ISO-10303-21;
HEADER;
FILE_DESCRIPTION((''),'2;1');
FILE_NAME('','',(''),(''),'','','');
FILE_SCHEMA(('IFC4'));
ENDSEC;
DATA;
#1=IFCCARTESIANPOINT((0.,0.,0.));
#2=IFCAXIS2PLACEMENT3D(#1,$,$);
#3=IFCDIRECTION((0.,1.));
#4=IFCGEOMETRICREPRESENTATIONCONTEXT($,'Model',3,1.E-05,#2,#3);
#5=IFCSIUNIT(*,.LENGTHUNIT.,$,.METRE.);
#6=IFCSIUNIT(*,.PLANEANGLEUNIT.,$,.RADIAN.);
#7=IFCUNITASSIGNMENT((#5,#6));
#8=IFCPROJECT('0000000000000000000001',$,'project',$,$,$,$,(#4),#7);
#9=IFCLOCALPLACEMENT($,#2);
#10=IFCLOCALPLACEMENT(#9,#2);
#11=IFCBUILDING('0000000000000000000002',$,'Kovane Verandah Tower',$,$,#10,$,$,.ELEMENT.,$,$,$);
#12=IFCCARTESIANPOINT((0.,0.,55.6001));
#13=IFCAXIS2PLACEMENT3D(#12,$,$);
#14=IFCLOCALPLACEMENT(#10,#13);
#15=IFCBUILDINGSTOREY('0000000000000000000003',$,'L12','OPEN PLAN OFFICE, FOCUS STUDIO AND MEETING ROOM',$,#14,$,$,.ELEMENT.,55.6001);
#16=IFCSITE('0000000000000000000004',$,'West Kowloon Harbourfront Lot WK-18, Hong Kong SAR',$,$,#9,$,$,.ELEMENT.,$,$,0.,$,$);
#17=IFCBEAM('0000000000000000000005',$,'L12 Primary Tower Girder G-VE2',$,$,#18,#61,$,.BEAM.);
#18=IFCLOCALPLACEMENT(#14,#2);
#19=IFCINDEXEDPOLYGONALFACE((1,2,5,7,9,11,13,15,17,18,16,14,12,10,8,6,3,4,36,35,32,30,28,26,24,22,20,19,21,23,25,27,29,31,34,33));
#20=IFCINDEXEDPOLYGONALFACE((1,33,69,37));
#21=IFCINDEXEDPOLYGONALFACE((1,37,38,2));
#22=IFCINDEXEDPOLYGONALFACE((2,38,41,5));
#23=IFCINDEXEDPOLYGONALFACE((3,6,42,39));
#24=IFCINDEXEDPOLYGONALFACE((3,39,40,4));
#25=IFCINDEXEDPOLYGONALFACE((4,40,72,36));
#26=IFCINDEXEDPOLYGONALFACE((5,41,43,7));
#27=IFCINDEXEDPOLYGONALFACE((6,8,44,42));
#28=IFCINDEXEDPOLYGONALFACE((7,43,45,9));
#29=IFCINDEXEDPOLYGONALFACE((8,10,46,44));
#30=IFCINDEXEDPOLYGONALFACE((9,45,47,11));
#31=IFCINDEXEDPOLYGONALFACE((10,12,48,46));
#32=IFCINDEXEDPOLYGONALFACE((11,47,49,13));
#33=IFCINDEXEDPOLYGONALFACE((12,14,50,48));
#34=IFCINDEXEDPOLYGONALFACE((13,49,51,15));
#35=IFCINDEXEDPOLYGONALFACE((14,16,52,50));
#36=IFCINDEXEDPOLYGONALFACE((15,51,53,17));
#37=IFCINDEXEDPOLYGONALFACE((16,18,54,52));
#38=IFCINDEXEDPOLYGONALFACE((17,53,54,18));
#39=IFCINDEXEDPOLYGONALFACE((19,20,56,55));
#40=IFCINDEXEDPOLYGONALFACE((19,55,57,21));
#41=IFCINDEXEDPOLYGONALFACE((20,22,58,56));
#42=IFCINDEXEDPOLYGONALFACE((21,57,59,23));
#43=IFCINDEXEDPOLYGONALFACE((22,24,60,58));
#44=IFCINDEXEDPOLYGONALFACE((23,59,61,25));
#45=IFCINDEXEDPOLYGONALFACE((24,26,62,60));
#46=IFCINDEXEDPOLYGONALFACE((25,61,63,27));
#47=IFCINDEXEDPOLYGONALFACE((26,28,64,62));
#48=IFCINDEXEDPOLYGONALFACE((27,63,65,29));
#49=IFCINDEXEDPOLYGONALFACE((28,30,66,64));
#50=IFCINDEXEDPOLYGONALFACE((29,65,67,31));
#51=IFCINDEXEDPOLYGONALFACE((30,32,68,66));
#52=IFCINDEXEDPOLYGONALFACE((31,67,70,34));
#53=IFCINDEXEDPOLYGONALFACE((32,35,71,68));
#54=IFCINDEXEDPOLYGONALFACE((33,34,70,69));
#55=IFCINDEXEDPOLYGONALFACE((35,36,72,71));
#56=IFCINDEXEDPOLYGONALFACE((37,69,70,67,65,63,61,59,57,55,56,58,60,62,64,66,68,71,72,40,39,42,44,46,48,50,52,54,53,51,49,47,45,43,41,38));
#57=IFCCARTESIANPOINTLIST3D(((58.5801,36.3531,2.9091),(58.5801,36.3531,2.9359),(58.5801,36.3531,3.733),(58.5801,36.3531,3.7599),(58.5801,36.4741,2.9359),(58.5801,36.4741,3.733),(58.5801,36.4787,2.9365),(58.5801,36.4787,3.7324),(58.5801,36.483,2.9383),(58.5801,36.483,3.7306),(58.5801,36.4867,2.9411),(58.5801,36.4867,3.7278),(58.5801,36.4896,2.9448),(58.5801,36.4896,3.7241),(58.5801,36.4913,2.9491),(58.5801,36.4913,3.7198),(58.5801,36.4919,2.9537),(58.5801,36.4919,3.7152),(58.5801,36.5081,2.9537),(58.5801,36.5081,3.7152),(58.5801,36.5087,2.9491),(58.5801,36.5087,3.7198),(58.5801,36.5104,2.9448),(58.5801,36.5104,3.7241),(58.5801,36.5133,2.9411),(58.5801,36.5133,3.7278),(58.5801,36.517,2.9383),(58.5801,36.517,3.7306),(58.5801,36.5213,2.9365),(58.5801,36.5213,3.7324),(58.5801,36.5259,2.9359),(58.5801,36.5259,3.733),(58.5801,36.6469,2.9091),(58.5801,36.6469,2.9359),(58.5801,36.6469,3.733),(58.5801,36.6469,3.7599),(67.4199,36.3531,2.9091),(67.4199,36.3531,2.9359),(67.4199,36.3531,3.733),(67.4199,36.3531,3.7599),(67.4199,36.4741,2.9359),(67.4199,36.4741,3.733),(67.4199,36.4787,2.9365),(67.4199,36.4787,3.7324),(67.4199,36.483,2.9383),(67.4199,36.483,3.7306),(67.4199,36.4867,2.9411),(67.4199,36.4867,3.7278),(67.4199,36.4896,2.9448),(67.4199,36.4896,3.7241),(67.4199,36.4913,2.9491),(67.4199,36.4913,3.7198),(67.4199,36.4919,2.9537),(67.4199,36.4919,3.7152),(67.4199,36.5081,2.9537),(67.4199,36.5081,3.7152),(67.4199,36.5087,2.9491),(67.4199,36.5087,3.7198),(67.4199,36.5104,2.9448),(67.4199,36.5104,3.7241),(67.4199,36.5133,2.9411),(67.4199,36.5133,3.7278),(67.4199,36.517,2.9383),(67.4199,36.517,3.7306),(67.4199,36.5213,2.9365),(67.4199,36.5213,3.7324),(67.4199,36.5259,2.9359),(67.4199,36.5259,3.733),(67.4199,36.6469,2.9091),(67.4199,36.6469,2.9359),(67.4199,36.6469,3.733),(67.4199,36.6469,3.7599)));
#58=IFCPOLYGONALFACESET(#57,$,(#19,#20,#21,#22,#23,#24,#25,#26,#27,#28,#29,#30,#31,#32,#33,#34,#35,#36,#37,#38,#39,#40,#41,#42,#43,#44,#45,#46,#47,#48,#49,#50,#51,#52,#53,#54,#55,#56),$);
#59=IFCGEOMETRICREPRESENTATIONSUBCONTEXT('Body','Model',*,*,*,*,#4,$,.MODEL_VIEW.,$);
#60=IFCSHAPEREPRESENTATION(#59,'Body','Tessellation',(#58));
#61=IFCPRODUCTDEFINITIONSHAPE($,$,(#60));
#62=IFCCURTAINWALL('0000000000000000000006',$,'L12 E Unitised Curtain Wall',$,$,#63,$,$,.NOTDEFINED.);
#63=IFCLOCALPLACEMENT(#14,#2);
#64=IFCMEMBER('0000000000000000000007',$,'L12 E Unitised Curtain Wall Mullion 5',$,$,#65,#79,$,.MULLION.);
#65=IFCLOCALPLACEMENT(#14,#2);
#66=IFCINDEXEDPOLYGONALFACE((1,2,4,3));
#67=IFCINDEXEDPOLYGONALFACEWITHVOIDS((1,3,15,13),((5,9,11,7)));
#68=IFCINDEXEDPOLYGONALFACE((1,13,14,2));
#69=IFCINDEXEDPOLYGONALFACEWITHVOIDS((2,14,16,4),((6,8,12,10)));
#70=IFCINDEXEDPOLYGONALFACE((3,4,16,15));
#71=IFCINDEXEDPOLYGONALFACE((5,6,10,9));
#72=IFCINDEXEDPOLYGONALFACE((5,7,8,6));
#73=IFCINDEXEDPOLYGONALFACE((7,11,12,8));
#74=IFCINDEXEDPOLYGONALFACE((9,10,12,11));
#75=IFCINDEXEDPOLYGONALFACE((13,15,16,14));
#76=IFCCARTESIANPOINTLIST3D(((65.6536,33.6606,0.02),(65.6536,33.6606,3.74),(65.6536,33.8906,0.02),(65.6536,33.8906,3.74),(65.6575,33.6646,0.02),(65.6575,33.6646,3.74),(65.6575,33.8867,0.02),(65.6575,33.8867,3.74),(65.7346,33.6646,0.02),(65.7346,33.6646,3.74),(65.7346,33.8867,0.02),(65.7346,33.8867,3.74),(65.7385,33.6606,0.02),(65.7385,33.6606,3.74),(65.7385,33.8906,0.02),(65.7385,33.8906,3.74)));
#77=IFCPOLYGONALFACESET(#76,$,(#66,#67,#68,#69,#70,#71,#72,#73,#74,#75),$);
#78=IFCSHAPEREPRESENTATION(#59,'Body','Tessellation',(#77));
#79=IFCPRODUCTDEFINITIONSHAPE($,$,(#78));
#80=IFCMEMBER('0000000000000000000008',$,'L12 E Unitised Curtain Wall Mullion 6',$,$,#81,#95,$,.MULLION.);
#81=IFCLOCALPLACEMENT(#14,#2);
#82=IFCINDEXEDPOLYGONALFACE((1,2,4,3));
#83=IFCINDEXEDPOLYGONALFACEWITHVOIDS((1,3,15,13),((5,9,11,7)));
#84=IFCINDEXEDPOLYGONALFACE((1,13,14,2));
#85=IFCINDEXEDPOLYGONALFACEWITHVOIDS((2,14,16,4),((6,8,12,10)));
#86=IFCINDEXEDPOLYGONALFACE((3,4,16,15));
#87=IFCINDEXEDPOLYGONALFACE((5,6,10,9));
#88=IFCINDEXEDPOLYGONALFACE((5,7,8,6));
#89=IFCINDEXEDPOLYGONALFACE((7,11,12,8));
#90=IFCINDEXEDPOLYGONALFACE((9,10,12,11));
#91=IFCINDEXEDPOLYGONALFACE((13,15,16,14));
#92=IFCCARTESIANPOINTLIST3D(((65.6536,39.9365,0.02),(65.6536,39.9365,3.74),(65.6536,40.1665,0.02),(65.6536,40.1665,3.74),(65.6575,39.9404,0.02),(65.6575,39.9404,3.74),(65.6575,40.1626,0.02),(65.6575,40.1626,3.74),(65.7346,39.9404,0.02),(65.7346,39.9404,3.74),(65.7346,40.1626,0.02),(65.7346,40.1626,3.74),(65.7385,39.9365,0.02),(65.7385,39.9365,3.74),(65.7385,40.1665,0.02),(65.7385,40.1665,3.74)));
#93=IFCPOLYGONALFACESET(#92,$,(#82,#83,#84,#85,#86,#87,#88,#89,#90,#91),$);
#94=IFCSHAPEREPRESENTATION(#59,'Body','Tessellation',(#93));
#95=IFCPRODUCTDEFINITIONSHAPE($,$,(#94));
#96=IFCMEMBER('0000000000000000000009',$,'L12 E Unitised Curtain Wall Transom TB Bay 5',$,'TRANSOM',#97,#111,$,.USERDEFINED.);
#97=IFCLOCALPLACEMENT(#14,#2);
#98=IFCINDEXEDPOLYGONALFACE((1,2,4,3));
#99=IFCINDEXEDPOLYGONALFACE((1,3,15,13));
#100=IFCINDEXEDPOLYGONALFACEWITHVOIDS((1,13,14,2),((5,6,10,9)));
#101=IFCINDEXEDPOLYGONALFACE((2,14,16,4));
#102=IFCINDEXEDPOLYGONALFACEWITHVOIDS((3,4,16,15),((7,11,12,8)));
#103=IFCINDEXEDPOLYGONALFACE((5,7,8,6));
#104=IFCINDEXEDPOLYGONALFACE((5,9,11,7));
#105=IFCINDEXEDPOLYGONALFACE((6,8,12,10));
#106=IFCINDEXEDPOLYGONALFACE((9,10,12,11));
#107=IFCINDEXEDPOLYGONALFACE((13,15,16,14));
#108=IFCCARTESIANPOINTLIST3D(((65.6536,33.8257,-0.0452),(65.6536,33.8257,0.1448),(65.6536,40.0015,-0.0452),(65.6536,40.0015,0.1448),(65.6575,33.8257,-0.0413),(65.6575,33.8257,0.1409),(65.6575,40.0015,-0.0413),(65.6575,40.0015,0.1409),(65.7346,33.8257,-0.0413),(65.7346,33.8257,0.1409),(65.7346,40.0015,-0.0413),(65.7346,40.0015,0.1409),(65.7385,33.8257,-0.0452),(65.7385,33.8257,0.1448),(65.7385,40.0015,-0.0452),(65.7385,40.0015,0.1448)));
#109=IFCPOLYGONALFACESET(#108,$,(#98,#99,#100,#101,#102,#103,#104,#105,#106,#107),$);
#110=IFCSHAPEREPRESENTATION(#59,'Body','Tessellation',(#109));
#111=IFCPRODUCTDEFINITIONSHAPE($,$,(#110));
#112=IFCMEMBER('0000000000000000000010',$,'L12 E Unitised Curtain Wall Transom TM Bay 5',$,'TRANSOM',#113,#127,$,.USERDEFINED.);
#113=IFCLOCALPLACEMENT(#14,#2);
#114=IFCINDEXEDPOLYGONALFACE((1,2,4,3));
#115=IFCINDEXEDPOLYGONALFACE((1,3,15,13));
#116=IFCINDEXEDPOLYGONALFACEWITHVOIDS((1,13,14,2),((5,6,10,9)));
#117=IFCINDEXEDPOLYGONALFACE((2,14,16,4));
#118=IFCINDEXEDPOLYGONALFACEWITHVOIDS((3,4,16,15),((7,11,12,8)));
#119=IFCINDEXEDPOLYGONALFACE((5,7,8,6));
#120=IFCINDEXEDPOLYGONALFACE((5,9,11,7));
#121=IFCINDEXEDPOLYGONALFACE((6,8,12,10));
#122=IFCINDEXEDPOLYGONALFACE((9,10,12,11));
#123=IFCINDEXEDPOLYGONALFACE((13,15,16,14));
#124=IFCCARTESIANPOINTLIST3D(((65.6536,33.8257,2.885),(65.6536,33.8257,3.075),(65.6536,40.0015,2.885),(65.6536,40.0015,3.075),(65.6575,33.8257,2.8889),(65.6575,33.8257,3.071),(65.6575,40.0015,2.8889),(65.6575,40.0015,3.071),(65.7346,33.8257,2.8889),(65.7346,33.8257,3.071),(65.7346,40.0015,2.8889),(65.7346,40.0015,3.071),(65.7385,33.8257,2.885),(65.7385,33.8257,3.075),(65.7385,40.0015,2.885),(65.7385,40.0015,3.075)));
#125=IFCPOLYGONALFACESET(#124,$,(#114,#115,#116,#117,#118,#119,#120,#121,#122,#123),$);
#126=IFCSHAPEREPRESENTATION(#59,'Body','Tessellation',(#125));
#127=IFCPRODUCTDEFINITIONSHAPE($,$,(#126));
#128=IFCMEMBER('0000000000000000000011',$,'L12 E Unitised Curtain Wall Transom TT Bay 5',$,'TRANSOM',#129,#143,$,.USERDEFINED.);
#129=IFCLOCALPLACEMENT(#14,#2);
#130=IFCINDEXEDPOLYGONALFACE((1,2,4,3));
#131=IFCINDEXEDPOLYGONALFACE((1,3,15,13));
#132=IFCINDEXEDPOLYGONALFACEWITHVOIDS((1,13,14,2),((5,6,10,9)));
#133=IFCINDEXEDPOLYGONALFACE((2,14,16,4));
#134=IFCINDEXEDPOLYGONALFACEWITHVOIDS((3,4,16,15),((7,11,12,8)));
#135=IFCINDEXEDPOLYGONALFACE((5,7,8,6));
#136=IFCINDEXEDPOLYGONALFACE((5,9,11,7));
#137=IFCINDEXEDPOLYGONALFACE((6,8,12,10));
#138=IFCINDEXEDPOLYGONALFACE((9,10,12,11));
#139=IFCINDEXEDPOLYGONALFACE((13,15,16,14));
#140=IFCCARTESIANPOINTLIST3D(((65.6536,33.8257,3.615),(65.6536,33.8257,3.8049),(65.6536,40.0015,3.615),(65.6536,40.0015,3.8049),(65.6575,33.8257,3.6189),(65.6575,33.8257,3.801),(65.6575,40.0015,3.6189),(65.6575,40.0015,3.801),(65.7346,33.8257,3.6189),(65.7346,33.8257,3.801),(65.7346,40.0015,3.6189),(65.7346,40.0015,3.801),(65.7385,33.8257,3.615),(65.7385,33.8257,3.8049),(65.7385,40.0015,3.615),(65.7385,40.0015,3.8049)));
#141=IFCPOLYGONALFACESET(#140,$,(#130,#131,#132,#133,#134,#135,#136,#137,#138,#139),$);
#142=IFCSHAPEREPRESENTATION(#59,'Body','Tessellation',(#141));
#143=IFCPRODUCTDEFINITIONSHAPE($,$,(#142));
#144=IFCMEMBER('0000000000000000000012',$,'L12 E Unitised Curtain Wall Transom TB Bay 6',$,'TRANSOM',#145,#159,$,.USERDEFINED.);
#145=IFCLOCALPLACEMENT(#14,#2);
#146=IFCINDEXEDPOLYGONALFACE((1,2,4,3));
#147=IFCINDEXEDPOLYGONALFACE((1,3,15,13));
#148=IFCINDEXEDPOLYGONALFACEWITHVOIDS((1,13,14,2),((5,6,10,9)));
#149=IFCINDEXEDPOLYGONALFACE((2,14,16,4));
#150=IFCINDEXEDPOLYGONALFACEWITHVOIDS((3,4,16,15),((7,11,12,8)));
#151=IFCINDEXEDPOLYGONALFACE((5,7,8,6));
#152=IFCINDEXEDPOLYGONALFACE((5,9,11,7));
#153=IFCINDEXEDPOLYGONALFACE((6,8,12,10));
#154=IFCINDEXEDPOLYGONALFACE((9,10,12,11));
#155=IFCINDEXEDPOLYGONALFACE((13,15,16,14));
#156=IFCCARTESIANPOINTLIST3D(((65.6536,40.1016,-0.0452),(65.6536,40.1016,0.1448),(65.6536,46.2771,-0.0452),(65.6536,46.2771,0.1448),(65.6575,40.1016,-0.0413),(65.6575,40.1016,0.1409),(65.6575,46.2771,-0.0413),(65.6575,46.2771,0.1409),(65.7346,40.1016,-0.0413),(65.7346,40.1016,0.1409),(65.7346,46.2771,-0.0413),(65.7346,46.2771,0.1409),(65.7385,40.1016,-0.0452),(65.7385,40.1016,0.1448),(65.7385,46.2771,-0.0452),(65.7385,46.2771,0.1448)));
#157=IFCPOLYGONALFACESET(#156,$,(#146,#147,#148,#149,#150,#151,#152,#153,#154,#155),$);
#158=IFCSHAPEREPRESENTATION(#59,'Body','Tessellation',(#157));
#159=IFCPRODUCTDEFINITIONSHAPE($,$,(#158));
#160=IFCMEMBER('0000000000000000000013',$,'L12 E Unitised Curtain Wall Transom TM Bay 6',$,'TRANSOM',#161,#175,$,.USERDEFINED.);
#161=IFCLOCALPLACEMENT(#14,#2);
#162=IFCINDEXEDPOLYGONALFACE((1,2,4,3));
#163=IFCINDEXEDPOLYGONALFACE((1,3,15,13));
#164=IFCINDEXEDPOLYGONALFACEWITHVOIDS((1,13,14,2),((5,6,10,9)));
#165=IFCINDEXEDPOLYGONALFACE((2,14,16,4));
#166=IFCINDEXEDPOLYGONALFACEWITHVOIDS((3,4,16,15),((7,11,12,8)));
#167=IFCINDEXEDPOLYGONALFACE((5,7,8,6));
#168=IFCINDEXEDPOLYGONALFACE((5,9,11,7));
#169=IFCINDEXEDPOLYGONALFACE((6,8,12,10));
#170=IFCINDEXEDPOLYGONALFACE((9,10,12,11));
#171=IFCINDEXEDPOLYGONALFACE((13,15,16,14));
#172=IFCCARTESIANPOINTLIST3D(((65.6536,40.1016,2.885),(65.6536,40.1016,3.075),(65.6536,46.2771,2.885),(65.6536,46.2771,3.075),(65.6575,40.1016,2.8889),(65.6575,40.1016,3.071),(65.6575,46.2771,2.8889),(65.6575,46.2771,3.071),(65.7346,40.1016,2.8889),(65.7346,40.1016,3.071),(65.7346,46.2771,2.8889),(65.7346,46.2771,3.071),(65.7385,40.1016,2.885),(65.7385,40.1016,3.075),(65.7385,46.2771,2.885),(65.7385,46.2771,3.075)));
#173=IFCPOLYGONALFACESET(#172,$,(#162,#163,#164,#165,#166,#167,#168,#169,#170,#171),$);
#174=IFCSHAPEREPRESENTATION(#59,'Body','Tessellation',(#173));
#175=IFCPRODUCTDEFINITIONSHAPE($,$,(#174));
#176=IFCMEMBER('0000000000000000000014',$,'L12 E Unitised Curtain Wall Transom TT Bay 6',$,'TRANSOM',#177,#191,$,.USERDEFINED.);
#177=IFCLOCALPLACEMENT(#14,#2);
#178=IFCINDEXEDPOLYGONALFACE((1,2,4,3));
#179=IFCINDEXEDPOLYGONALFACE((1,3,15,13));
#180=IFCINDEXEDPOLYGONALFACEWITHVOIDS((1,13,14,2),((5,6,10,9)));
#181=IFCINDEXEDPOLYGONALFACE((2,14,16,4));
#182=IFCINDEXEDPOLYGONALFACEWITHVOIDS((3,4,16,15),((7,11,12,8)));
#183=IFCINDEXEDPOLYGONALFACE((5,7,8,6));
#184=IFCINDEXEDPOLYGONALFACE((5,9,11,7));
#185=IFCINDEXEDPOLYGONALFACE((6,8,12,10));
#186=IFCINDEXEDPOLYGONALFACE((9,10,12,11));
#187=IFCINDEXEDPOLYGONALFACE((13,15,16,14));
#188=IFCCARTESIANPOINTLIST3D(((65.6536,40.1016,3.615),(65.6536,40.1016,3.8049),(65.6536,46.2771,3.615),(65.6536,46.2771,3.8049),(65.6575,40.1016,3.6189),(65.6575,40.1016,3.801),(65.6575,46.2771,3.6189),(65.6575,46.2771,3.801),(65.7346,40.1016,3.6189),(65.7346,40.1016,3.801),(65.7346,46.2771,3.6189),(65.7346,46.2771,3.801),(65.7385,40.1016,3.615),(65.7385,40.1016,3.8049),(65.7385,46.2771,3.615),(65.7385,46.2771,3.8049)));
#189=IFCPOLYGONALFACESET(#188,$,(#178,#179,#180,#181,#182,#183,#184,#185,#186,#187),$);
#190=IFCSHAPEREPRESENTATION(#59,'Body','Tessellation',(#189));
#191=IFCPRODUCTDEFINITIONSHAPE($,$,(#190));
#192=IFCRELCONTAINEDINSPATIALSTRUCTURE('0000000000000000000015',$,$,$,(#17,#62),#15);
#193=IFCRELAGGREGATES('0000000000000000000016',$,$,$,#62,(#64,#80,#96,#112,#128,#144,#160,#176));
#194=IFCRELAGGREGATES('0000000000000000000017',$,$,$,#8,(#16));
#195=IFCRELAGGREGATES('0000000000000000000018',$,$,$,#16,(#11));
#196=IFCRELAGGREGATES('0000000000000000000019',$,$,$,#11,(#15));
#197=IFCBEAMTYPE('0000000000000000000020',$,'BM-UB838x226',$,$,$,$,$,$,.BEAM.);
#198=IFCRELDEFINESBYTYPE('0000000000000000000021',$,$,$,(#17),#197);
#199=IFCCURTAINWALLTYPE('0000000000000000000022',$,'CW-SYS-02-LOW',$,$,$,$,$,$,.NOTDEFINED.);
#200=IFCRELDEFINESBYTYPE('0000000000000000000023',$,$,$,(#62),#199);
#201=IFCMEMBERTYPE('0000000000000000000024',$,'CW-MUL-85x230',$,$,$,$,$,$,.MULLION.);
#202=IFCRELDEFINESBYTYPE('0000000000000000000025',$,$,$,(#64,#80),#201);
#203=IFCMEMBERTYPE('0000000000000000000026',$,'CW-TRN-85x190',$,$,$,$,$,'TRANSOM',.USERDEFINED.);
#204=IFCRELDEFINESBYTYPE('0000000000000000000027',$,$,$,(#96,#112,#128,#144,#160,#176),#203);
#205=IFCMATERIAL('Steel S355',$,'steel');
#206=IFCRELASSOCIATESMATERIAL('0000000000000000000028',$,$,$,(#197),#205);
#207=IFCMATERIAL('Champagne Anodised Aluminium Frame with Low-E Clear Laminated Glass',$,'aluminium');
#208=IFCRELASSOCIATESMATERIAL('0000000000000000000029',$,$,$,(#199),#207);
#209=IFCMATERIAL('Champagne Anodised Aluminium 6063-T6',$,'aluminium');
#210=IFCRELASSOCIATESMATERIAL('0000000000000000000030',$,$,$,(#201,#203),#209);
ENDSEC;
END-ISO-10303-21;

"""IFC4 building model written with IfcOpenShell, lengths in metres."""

from ifc_helpers import new_model, si_unit, direction, frame, origin, origin_2d, place, context, subcontext, project, spatial, hollow_rectangle, i_section, extrude, material, material_profile, profile_set, type_object, element, aggregate, save


model = new_model("IFC4")

# Units and contexts
model_context = context("Model", 3, precision=1e-05, world=origin(), true_north=direction((0.0, 1.0)))
body_context = subcontext(model_context, "Body", "Model", "MODEL_VIEW")
ifc_project = project(units=[si_unit("LENGTHUNIT", "METRE"), si_unit("PLANEANGLEUNIT", "RADIAN")], contexts=[model_context])

# Site, building, storey
site_placement = place(None, origin())
site = spatial("IfcSite", under=ifc_project, at=site_placement, Name="West Kowloon Harbourfront Lot WK-18, Hong Kong SAR", CompositionType="ELEMENT", RefElevation=0.0)
building_placement = place(site_placement, origin())
building = spatial("IfcBuilding", under=site, at=building_placement, Name="Kovane Verandah Tower", CompositionType="ELEMENT")
storey_placement = place(building_placement, frame((0.0, 0.0, 55.6001)))
storey = spatial("IfcBuildingStorey", under=building, at=storey_placement, Name="L12", Description="OPEN PLAN OFFICE, FOCUS STUDIO AND MEETING ROOM", CompositionType="ELEMENT", Elevation=55.6001)

# Beam
ifc_material_1 = material(Name="Steel S355", Category="steel")
ifc_material_profile_1 = material_profile(ifc_material_1, i_section(OverallWidth=0.2937, OverallDepth=0.8508, WebThickness=0.0161, FlangeThickness=0.0269, FilletRadius=0.0178, at=origin_2d()), Name="UB838x292x226")
ifc_profile_set_1 = profile_set([ifc_material_profile_1], Name="Steel S355")
beam_type_1 = type_object("IfcBeamType", Name="BM-UB838x226", PredefinedType="BEAM", material=ifc_profile_set_1)
beam_1_placement = place(storey_placement, frame((58.5801, 36.5, 3.3345), z_axis=(1.0, 0.0, 0.0), x_axis=(0.0, 1.0, 0.0)))
element("IfcBeam", 1, at=beam_1_placement, inside=storey, type_object=beam_type_1, Name="L12 Primary Tower Girder G-VE2", PredefinedType="BEAM", context=body_context, shape_type="SweptSolid", body=[
    extrude(i_section(OverallWidth=0.2937, OverallDepth=0.8508, WebThickness=0.0161, FlangeThickness=0.0269, FilletRadius=0.0178, at=origin_2d()), origin(), (0.0, 0.0, 1.0), 8.8398),
])

# Curtain wall, members
ifc_material_2 = material(Name="Champagne Anodised Aluminium Frame with Low-E Clear Laminated Glass", Category="aluminium")
curtain_wall_type = type_object("IfcCurtainWallType", Name="CW-SYS-02-LOW", PredefinedType="NOTDEFINED", material=ifc_material_2)
curtain_wall_placement = place(storey_placement, origin())
curtain_wall = element("IfcCurtainWall", 2, at=curtain_wall_placement, inside=storey, type_object=curtain_wall_type, Name="L12 E Unitised Curtain Wall", PredefinedType="NOTDEFINED")
ifc_material_3 = material(Name="Champagne Anodised Aluminium 6063-T6", Category="aluminium")
ifc_material_profile_2 = material_profile(ifc_material_3, hollow_rectangle(XDim=0.085, YDim=0.23, WallThickness=0.0039, at=origin_2d()), Name="AL85x230x4")
ifc_profile_set_2 = profile_set([ifc_material_profile_2], Name="Champagne Anodised Aluminium 6063-T6")
member_type_1 = type_object("IfcMemberType", Name="CW-MUL-85x230", PredefinedType="MULLION", material=ifc_profile_set_2)
member_1_placement = place(storey_placement, frame((65.696, 33.7756, 0.02), z_axis=(0.0, 0.0, 1.0), x_axis=(1.0, 0.0, 0.0)))
member_1 = element("IfcMember", 3, at=member_1_placement, type_object=member_type_1, Name="L12 E Unitised Curtain Wall Mullion 5", PredefinedType="MULLION", context=body_context, shape_type="SweptSolid", body=[
    extrude(hollow_rectangle(XDim=0.085, YDim=0.23, WallThickness=0.0039, at=origin_2d()), origin(), (0.0, 0.0, 1.0), 3.72),
])
member_2_placement = place(storey_placement, frame((65.696, 40.0515, 0.02), z_axis=(0.0, 0.0, 1.0), x_axis=(1.0, 0.0, 0.0)))
member_2 = element("IfcMember", 4, at=member_2_placement, type_object=member_type_1, Name="L12 E Unitised Curtain Wall Mullion 6", PredefinedType="MULLION", context=body_context, shape_type="SweptSolid", body=[
    extrude(hollow_rectangle(XDim=0.085, YDim=0.23, WallThickness=0.0039, at=origin_2d()), origin(), (0.0, 0.0, 1.0), 3.72),
])
ifc_material_profile_3 = material_profile(ifc_material_3, hollow_rectangle(XDim=0.085, YDim=0.1899, WallThickness=0.0039, at=origin_2d()), Name="AL85x190x4")
ifc_profile_set_3 = profile_set([ifc_material_profile_3], Name="Champagne Anodised Aluminium 6063-T6")
member_type_2 = type_object("IfcMemberType", Name="CW-TRN-85x190", ElementType="TRANSOM", PredefinedType="USERDEFINED", material=ifc_profile_set_3)
member_3_placement = place(storey_placement, frame((65.696, 33.8257, 0.0498), z_axis=(0.0, 1.0, 0.0), x_axis=(-1.0, 0.0, 0.0)))
member_3 = element("IfcMember", 5, at=member_3_placement, type_object=member_type_2, Name="L12 E Unitised Curtain Wall Transom TB Bay 5", ObjectType="TRANSOM", PredefinedType="USERDEFINED", context=body_context, shape_type="SweptSolid", body=[
    extrude(hollow_rectangle(XDim=0.085, YDim=0.1899, WallThickness=0.0039, at=origin_2d()), origin(), (0.0, 0.0, 1.0), 6.1758),
])
member_4_placement = place(storey_placement, frame((65.696, 33.8257, 2.98), z_axis=(0.0, 1.0, 0.0), x_axis=(-1.0, 0.0, 0.0)))
member_4 = element("IfcMember", 6, at=member_4_placement, type_object=member_type_2, Name="L12 E Unitised Curtain Wall Transom TM Bay 5", ObjectType="TRANSOM", PredefinedType="USERDEFINED", context=body_context, shape_type="SweptSolid", body=[
    extrude(hollow_rectangle(XDim=0.085, YDim=0.1899, WallThickness=0.0039, at=origin_2d()), origin(), (0.0, 0.0, 1.0), 6.1758),
])
member_5_placement = place(storey_placement, frame((65.696, 33.8257, 3.71), z_axis=(0.0, 1.0, 0.0), x_axis=(-1.0, 0.0, 0.0)))
member_5 = element("IfcMember", 7, at=member_5_placement, type_object=member_type_2, Name="L12 E Unitised Curtain Wall Transom TT Bay 5", ObjectType="TRANSOM", PredefinedType="USERDEFINED", context=body_context, shape_type="SweptSolid", body=[
    extrude(hollow_rectangle(XDim=0.085, YDim=0.1899, WallThickness=0.0039, at=origin_2d()), origin(), (0.0, 0.0, 1.0), 6.1758),
])
member_6_placement = place(storey_placement, frame((65.696, 40.1016, 0.0498), z_axis=(0.0, 1.0, 0.0), x_axis=(-1.0, 0.0, 0.0)))
member_6 = element("IfcMember", 8, at=member_6_placement, type_object=member_type_2, Name="L12 E Unitised Curtain Wall Transom TB Bay 6", ObjectType="TRANSOM", PredefinedType="USERDEFINED", context=body_context, shape_type="SweptSolid", body=[
    extrude(hollow_rectangle(XDim=0.085, YDim=0.1899, WallThickness=0.0039, at=origin_2d()), origin(), (0.0, 0.0, 1.0), 6.1755),
])
member_7_placement = place(storey_placement, frame((65.696, 40.1016, 2.98), z_axis=(0.0, 1.0, 0.0), x_axis=(-1.0, 0.0, 0.0)))
member_7 = element("IfcMember", 9, at=member_7_placement, type_object=member_type_2, Name="L12 E Unitised Curtain Wall Transom TM Bay 6", ObjectType="TRANSOM", PredefinedType="USERDEFINED", context=body_context, shape_type="SweptSolid", body=[
    extrude(hollow_rectangle(XDim=0.085, YDim=0.1899, WallThickness=0.0039, at=origin_2d()), origin(), (0.0, 0.0, 1.0), 6.1755),
])
member_8_placement = place(storey_placement, frame((65.696, 40.1016, 3.71), z_axis=(0.0, 1.0, 0.0), x_axis=(-1.0, 0.0, 0.0)))
member_8 = element("IfcMember", 10, at=member_8_placement, type_object=member_type_2, Name="L12 E Unitised Curtain Wall Transom TT Bay 6", ObjectType="TRANSOM", PredefinedType="USERDEFINED", context=body_context, shape_type="SweptSolid", body=[
    extrude(hollow_rectangle(XDim=0.085, YDim=0.1899, WallThickness=0.0039, at=origin_2d()), origin(), (0.0, 0.0, 1.0), 6.1755),
])

aggregate(curtain_wall, [member_1, member_2, member_3, member_4, member_5, member_6, member_7, member_8])

save(model, "model.ifc")
